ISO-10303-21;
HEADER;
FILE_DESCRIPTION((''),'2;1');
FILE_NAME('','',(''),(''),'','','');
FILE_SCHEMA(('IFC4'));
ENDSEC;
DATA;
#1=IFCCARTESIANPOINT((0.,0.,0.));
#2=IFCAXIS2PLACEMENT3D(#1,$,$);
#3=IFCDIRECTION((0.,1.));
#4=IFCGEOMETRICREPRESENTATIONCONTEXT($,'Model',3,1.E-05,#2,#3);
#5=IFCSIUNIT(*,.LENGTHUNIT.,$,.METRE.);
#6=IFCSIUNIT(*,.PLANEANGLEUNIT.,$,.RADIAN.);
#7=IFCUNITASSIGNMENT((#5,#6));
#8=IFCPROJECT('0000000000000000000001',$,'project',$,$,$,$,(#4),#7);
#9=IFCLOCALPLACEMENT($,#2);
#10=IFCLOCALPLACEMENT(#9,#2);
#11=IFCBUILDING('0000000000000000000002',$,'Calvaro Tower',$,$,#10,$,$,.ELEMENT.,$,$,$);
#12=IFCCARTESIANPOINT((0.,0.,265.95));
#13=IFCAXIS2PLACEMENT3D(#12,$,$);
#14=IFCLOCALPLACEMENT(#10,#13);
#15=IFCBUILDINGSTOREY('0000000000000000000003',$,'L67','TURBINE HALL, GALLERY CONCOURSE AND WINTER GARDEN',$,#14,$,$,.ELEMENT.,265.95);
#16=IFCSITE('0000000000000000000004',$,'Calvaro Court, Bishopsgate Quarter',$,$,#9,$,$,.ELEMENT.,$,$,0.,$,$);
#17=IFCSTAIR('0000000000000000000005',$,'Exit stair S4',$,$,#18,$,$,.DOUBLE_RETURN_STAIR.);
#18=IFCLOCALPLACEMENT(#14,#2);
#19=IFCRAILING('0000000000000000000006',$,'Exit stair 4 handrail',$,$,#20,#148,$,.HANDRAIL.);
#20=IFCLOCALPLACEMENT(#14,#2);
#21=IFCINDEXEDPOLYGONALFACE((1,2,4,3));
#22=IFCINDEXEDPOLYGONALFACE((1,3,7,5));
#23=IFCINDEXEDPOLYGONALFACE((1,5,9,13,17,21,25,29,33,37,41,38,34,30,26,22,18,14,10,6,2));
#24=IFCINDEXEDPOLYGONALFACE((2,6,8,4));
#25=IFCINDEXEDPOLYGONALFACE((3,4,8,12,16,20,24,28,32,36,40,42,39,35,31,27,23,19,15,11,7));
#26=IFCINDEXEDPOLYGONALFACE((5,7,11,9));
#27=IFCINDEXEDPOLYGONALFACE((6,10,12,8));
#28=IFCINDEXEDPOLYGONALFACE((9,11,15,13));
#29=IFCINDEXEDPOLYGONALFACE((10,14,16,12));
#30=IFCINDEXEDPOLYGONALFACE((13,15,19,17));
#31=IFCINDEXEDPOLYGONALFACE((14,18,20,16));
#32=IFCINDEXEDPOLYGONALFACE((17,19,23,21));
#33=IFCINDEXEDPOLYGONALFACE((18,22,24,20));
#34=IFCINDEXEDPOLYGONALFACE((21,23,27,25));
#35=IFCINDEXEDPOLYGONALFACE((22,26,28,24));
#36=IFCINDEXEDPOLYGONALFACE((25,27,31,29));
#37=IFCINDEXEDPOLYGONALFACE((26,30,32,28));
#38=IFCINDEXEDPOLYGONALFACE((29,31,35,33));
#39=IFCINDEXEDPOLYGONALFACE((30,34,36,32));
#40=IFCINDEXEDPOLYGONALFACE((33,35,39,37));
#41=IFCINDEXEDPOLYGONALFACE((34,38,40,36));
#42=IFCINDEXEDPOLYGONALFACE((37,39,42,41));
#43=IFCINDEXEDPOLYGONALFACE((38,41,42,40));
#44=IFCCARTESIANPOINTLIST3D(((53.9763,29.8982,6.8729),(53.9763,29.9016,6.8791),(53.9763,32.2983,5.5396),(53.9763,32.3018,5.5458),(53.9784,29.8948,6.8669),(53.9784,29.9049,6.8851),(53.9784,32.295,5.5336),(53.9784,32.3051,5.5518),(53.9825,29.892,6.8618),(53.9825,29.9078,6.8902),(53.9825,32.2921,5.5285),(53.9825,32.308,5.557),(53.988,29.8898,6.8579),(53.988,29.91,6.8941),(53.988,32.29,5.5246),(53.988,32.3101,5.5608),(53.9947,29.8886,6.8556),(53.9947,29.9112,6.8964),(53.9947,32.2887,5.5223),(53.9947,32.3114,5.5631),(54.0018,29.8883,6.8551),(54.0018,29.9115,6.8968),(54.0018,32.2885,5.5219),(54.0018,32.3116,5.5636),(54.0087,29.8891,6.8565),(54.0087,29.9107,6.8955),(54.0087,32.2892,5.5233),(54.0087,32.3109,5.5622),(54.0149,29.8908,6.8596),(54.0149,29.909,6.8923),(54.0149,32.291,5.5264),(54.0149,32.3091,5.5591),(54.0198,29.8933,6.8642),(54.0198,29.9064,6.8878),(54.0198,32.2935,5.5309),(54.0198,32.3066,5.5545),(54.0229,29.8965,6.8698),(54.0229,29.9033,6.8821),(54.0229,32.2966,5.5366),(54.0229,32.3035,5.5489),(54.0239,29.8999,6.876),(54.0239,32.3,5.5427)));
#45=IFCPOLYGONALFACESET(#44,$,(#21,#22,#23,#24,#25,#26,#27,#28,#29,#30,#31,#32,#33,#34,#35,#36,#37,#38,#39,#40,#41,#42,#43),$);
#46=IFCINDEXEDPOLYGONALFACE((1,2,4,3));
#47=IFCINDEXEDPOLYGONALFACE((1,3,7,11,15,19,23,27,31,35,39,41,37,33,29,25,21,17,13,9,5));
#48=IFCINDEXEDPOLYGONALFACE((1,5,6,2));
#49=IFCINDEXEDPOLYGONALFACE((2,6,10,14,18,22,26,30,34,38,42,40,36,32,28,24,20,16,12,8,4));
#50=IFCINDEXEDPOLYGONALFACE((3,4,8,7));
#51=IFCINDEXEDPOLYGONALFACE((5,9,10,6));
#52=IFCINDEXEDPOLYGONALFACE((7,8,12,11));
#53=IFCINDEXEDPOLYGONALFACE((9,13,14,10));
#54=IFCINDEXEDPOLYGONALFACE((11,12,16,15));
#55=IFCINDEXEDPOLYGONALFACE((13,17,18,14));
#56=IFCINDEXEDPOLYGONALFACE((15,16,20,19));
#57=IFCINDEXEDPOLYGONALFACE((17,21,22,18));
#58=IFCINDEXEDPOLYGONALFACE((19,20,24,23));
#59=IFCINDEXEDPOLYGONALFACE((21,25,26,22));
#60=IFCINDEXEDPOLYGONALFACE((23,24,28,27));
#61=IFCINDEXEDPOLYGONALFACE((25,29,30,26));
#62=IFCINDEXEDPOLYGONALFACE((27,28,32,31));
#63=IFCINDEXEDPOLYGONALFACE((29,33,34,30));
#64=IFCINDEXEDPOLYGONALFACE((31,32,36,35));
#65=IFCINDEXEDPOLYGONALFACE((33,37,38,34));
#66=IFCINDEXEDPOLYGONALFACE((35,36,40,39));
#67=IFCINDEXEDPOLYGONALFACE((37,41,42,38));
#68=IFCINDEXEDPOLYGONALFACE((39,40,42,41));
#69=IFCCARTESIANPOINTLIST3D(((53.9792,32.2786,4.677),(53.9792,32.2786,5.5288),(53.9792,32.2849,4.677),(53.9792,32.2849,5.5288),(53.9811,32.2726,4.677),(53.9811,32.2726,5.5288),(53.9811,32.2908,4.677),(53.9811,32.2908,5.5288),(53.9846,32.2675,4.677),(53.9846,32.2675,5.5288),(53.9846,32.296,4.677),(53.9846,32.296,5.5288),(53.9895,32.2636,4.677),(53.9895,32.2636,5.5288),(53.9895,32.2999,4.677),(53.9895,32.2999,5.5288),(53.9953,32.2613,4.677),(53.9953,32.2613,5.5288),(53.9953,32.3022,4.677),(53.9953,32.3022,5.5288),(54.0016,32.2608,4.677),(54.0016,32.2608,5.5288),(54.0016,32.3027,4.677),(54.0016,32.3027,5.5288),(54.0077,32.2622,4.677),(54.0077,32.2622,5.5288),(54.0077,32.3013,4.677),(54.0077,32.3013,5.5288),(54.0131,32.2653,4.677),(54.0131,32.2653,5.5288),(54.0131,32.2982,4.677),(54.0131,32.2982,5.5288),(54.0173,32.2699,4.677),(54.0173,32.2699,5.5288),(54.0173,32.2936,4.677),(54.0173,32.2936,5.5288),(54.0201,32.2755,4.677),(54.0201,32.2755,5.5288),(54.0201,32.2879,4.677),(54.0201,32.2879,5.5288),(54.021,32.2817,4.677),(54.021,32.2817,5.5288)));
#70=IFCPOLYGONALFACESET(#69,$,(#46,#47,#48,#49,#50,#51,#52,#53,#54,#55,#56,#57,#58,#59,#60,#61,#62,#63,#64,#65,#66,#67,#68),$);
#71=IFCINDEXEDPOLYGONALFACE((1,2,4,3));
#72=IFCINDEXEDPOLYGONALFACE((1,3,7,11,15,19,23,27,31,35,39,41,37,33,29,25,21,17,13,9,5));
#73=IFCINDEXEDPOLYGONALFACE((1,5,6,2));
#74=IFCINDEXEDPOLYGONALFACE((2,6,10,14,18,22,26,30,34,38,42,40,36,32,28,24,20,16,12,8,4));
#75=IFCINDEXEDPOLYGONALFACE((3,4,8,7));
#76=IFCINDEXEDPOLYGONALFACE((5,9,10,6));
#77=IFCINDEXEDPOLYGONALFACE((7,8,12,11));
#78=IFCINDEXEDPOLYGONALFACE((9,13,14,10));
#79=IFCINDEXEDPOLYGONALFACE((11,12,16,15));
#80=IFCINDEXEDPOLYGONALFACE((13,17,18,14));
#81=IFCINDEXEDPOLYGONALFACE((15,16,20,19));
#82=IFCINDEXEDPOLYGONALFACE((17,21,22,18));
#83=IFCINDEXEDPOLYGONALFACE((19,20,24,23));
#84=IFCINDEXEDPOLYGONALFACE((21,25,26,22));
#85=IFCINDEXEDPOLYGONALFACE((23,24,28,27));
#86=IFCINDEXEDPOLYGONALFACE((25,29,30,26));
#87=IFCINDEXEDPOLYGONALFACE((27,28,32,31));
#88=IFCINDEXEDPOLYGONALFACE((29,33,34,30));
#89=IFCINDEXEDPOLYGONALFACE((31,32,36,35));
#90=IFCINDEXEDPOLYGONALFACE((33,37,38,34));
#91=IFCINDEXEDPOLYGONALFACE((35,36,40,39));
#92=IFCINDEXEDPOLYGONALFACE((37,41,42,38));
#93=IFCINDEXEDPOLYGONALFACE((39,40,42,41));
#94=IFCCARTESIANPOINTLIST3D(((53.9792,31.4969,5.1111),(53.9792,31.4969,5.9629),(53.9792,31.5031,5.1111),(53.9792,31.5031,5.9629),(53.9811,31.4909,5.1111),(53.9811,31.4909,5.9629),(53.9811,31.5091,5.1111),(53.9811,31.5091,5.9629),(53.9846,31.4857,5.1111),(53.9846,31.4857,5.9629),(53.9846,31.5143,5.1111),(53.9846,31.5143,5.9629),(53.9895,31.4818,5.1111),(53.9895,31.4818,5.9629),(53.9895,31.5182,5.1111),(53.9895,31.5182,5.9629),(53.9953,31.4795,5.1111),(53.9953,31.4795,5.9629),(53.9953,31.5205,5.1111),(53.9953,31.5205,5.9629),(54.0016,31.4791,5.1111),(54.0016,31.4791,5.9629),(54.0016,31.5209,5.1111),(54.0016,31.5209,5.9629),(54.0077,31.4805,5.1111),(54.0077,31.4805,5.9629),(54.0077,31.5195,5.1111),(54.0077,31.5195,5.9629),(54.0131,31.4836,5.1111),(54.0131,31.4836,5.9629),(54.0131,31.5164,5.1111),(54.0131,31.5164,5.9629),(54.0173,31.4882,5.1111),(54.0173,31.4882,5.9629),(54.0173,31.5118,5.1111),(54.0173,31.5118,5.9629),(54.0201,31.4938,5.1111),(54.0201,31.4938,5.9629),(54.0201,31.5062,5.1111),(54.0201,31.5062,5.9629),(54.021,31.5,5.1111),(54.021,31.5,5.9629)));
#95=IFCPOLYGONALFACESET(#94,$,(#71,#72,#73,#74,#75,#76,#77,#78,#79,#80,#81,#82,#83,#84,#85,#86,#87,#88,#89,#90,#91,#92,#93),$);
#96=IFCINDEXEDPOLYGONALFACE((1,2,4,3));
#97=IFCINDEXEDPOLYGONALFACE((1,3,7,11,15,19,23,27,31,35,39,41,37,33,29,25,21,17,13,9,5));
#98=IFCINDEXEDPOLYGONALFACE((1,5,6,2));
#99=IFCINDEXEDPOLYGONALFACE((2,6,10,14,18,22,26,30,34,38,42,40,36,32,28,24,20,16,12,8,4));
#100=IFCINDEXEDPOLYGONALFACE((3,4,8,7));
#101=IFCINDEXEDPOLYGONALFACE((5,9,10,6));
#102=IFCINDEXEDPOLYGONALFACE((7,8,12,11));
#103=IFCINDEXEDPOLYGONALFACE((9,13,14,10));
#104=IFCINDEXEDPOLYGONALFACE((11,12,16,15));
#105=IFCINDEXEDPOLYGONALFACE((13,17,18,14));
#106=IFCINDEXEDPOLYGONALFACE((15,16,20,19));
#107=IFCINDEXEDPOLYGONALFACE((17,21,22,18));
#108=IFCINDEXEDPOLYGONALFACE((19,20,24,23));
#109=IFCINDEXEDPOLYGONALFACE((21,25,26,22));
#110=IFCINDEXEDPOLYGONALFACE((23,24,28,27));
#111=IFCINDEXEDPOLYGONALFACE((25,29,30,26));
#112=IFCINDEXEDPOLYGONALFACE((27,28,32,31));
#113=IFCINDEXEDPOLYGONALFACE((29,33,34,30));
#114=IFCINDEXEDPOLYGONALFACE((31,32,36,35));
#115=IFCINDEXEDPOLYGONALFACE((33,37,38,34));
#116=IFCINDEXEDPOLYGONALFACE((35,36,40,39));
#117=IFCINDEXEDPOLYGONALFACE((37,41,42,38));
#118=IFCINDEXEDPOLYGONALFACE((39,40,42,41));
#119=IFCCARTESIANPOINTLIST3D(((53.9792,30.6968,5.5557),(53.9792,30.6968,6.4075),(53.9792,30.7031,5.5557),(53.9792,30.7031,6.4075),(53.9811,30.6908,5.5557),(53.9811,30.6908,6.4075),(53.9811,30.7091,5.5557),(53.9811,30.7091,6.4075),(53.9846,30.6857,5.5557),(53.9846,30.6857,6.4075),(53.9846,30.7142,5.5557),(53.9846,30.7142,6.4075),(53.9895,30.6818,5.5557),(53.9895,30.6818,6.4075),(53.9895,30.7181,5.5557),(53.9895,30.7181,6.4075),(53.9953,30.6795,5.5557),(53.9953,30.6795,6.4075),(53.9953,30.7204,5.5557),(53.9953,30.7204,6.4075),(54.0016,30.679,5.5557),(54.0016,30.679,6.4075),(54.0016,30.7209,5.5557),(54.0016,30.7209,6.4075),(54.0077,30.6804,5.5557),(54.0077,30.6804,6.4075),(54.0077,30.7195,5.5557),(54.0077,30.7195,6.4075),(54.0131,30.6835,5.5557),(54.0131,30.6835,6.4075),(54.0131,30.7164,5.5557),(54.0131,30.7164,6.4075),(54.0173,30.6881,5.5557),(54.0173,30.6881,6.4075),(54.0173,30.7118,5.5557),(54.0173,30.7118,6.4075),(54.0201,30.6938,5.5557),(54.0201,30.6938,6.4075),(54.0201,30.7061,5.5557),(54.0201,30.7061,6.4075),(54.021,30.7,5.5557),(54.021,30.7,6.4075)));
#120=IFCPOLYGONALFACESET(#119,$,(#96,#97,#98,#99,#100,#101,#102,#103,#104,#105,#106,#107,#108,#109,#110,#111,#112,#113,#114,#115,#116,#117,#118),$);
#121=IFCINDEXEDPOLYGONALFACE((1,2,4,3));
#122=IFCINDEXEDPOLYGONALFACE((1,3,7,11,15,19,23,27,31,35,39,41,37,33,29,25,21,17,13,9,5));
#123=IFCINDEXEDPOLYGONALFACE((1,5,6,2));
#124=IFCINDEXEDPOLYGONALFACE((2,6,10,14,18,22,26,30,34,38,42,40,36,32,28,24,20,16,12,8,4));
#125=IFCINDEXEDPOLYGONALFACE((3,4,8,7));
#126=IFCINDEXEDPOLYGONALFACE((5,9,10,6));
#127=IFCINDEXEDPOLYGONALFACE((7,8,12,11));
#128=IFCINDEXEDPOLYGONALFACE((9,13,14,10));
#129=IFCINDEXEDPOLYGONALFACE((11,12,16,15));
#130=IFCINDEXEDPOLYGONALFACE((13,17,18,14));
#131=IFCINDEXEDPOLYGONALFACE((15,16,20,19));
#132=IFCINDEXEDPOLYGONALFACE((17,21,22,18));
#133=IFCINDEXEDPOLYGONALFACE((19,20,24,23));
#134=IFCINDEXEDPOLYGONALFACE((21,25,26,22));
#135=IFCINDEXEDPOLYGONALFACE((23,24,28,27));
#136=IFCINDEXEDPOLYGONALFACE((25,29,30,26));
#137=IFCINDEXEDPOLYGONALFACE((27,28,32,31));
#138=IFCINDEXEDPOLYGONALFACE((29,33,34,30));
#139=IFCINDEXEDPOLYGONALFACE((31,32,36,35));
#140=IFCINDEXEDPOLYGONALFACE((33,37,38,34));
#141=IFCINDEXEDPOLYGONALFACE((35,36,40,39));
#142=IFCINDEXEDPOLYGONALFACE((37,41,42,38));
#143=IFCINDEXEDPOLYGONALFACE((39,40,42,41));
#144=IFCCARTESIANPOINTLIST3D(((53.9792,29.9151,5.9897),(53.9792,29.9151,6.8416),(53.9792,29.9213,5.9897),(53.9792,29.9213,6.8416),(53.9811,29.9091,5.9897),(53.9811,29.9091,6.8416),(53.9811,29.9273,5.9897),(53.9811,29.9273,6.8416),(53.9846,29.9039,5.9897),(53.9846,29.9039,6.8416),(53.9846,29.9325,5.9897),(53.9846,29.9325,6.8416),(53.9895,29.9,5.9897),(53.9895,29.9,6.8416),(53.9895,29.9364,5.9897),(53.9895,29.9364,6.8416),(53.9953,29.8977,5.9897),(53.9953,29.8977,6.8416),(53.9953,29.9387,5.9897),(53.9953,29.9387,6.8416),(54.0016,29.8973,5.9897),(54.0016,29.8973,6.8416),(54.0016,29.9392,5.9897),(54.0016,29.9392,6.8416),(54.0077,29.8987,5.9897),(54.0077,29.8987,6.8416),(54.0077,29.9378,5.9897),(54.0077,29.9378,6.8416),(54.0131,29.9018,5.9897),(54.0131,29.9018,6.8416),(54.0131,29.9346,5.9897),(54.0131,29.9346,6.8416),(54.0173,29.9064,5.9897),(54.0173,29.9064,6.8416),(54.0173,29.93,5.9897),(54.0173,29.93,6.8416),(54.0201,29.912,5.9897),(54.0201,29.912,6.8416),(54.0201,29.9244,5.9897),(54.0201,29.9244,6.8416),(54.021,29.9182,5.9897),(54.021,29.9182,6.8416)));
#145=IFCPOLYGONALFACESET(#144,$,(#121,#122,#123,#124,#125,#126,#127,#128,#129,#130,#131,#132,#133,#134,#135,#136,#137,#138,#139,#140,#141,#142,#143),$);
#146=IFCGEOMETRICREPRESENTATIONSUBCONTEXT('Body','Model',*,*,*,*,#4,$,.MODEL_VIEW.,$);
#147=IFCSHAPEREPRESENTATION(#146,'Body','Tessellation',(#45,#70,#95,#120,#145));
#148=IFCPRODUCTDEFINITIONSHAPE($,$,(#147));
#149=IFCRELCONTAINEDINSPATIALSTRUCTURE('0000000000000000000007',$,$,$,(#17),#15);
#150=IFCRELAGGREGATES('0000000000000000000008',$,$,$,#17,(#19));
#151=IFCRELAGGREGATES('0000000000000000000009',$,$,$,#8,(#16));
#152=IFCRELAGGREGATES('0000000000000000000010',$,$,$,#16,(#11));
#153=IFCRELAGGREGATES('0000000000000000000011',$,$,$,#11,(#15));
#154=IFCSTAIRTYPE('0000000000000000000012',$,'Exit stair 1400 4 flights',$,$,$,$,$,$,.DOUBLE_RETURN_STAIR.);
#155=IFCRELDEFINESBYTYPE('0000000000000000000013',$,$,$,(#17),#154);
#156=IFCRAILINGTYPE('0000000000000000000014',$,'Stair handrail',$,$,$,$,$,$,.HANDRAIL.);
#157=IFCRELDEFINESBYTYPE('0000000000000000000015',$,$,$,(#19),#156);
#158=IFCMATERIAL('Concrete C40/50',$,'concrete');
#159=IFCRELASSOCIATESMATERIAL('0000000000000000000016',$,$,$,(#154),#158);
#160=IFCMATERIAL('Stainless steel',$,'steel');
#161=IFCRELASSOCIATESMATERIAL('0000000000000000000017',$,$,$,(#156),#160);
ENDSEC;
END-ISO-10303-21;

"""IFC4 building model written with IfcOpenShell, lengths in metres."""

from ifc_helpers import new_model, si_unit, direction, frame, origin, origin_2d, place, context, subcontext, project, spatial, circle, extrude, material, type_object, element, aggregate, save


model = new_model("IFC4")

# Units and contexts
model_context = context("Model", 3, precision=1e-05, world=origin(), true_north=direction((0.0, 1.0)))
body_context = subcontext(model_context, "Body", "Model", "MODEL_VIEW")
ifc_project = project(units=[si_unit("LENGTHUNIT", "METRE"), si_unit("PLANEANGLEUNIT", "RADIAN")], contexts=[model_context])

# Site, building, storey
site_placement = place(None, origin())
site = spatial("IfcSite", under=ifc_project, at=site_placement, Name="Calvaro Court, Bishopsgate Quarter", CompositionType="ELEMENT", RefElevation=0.0)
building_placement = place(site_placement, origin())
building = spatial("IfcBuilding", under=site, at=building_placement, Name="Calvaro Tower", CompositionType="ELEMENT")
storey_placement = place(building_placement, frame((0.0, 0.0, 265.95)))
storey = spatial("IfcBuildingStorey", under=building, at=storey_placement, Name="L67", Description="TURBINE HALL, GALLERY CONCOURSE AND WINTER GARDEN", CompositionType="ELEMENT", Elevation=265.95)

# Stair
ifc_material_1 = material(Name="Concrete C40/50", Category="concrete")
stair_type = type_object("IfcStairType", Name="Exit stair 1400 4 flights", PredefinedType="DOUBLE_RETURN_STAIR", material=ifc_material_1)
stair_1_placement = place(storey_placement, origin())
stair_1 = element("IfcStair", 1, at=stair_1_placement, inside=storey, type_object=stair_type, Name="Exit stair S4", PredefinedType="DOUBLE_RETURN_STAIR")

# Railing
ifc_material_2 = material(Name="Stainless steel", Category="steel")
railing_type_1 = type_object("IfcRailingType", Name="Stair handrail", PredefinedType="HANDRAIL", material=ifc_material_2)
railing_1_placement = place(storey_placement, frame((54.0, 32.3, 4.6667)))
railing_1 = element("IfcRailing", 2, at=railing_1_placement, type_object=railing_type_1, Name="Exit stair 4 handrail", PredefinedType="HANDRAIL", context=body_context, shape_type="SweptSolid", body=[
    extrude(circle(Radius=0.0239, at=origin_2d()), frame((0.0, 0.0, 0.876), z_axis=(0.0, -0.874182, 0.485598), x_axis=(1.0, 0.0, 0.0)), (0.0, 0.0, 1.0), 2.7456),
    extrude(circle(Radius=0.021, at=origin_2d()), frame((0.0, -0.0183, 0.0103)), (0.0, 0.0, 1.0), 0.8518),
    extrude(circle(Radius=0.021, at=origin_2d()), frame((0.0, -0.8, 0.4443)), (0.0, 0.0, 1.0), 0.8518),
    extrude(circle(Radius=0.021, at=origin_2d()), frame((0.0, -1.6001, 0.8889)), (0.0, 0.0, 1.0), 0.8518),
    extrude(circle(Radius=0.021, at=origin_2d()), frame((0.0, -2.3818, 1.323)), (0.0, 0.0, 1.0), 0.8518),
])
aggregate(stair_1, [railing_1])

save(model, "model.ifc")
